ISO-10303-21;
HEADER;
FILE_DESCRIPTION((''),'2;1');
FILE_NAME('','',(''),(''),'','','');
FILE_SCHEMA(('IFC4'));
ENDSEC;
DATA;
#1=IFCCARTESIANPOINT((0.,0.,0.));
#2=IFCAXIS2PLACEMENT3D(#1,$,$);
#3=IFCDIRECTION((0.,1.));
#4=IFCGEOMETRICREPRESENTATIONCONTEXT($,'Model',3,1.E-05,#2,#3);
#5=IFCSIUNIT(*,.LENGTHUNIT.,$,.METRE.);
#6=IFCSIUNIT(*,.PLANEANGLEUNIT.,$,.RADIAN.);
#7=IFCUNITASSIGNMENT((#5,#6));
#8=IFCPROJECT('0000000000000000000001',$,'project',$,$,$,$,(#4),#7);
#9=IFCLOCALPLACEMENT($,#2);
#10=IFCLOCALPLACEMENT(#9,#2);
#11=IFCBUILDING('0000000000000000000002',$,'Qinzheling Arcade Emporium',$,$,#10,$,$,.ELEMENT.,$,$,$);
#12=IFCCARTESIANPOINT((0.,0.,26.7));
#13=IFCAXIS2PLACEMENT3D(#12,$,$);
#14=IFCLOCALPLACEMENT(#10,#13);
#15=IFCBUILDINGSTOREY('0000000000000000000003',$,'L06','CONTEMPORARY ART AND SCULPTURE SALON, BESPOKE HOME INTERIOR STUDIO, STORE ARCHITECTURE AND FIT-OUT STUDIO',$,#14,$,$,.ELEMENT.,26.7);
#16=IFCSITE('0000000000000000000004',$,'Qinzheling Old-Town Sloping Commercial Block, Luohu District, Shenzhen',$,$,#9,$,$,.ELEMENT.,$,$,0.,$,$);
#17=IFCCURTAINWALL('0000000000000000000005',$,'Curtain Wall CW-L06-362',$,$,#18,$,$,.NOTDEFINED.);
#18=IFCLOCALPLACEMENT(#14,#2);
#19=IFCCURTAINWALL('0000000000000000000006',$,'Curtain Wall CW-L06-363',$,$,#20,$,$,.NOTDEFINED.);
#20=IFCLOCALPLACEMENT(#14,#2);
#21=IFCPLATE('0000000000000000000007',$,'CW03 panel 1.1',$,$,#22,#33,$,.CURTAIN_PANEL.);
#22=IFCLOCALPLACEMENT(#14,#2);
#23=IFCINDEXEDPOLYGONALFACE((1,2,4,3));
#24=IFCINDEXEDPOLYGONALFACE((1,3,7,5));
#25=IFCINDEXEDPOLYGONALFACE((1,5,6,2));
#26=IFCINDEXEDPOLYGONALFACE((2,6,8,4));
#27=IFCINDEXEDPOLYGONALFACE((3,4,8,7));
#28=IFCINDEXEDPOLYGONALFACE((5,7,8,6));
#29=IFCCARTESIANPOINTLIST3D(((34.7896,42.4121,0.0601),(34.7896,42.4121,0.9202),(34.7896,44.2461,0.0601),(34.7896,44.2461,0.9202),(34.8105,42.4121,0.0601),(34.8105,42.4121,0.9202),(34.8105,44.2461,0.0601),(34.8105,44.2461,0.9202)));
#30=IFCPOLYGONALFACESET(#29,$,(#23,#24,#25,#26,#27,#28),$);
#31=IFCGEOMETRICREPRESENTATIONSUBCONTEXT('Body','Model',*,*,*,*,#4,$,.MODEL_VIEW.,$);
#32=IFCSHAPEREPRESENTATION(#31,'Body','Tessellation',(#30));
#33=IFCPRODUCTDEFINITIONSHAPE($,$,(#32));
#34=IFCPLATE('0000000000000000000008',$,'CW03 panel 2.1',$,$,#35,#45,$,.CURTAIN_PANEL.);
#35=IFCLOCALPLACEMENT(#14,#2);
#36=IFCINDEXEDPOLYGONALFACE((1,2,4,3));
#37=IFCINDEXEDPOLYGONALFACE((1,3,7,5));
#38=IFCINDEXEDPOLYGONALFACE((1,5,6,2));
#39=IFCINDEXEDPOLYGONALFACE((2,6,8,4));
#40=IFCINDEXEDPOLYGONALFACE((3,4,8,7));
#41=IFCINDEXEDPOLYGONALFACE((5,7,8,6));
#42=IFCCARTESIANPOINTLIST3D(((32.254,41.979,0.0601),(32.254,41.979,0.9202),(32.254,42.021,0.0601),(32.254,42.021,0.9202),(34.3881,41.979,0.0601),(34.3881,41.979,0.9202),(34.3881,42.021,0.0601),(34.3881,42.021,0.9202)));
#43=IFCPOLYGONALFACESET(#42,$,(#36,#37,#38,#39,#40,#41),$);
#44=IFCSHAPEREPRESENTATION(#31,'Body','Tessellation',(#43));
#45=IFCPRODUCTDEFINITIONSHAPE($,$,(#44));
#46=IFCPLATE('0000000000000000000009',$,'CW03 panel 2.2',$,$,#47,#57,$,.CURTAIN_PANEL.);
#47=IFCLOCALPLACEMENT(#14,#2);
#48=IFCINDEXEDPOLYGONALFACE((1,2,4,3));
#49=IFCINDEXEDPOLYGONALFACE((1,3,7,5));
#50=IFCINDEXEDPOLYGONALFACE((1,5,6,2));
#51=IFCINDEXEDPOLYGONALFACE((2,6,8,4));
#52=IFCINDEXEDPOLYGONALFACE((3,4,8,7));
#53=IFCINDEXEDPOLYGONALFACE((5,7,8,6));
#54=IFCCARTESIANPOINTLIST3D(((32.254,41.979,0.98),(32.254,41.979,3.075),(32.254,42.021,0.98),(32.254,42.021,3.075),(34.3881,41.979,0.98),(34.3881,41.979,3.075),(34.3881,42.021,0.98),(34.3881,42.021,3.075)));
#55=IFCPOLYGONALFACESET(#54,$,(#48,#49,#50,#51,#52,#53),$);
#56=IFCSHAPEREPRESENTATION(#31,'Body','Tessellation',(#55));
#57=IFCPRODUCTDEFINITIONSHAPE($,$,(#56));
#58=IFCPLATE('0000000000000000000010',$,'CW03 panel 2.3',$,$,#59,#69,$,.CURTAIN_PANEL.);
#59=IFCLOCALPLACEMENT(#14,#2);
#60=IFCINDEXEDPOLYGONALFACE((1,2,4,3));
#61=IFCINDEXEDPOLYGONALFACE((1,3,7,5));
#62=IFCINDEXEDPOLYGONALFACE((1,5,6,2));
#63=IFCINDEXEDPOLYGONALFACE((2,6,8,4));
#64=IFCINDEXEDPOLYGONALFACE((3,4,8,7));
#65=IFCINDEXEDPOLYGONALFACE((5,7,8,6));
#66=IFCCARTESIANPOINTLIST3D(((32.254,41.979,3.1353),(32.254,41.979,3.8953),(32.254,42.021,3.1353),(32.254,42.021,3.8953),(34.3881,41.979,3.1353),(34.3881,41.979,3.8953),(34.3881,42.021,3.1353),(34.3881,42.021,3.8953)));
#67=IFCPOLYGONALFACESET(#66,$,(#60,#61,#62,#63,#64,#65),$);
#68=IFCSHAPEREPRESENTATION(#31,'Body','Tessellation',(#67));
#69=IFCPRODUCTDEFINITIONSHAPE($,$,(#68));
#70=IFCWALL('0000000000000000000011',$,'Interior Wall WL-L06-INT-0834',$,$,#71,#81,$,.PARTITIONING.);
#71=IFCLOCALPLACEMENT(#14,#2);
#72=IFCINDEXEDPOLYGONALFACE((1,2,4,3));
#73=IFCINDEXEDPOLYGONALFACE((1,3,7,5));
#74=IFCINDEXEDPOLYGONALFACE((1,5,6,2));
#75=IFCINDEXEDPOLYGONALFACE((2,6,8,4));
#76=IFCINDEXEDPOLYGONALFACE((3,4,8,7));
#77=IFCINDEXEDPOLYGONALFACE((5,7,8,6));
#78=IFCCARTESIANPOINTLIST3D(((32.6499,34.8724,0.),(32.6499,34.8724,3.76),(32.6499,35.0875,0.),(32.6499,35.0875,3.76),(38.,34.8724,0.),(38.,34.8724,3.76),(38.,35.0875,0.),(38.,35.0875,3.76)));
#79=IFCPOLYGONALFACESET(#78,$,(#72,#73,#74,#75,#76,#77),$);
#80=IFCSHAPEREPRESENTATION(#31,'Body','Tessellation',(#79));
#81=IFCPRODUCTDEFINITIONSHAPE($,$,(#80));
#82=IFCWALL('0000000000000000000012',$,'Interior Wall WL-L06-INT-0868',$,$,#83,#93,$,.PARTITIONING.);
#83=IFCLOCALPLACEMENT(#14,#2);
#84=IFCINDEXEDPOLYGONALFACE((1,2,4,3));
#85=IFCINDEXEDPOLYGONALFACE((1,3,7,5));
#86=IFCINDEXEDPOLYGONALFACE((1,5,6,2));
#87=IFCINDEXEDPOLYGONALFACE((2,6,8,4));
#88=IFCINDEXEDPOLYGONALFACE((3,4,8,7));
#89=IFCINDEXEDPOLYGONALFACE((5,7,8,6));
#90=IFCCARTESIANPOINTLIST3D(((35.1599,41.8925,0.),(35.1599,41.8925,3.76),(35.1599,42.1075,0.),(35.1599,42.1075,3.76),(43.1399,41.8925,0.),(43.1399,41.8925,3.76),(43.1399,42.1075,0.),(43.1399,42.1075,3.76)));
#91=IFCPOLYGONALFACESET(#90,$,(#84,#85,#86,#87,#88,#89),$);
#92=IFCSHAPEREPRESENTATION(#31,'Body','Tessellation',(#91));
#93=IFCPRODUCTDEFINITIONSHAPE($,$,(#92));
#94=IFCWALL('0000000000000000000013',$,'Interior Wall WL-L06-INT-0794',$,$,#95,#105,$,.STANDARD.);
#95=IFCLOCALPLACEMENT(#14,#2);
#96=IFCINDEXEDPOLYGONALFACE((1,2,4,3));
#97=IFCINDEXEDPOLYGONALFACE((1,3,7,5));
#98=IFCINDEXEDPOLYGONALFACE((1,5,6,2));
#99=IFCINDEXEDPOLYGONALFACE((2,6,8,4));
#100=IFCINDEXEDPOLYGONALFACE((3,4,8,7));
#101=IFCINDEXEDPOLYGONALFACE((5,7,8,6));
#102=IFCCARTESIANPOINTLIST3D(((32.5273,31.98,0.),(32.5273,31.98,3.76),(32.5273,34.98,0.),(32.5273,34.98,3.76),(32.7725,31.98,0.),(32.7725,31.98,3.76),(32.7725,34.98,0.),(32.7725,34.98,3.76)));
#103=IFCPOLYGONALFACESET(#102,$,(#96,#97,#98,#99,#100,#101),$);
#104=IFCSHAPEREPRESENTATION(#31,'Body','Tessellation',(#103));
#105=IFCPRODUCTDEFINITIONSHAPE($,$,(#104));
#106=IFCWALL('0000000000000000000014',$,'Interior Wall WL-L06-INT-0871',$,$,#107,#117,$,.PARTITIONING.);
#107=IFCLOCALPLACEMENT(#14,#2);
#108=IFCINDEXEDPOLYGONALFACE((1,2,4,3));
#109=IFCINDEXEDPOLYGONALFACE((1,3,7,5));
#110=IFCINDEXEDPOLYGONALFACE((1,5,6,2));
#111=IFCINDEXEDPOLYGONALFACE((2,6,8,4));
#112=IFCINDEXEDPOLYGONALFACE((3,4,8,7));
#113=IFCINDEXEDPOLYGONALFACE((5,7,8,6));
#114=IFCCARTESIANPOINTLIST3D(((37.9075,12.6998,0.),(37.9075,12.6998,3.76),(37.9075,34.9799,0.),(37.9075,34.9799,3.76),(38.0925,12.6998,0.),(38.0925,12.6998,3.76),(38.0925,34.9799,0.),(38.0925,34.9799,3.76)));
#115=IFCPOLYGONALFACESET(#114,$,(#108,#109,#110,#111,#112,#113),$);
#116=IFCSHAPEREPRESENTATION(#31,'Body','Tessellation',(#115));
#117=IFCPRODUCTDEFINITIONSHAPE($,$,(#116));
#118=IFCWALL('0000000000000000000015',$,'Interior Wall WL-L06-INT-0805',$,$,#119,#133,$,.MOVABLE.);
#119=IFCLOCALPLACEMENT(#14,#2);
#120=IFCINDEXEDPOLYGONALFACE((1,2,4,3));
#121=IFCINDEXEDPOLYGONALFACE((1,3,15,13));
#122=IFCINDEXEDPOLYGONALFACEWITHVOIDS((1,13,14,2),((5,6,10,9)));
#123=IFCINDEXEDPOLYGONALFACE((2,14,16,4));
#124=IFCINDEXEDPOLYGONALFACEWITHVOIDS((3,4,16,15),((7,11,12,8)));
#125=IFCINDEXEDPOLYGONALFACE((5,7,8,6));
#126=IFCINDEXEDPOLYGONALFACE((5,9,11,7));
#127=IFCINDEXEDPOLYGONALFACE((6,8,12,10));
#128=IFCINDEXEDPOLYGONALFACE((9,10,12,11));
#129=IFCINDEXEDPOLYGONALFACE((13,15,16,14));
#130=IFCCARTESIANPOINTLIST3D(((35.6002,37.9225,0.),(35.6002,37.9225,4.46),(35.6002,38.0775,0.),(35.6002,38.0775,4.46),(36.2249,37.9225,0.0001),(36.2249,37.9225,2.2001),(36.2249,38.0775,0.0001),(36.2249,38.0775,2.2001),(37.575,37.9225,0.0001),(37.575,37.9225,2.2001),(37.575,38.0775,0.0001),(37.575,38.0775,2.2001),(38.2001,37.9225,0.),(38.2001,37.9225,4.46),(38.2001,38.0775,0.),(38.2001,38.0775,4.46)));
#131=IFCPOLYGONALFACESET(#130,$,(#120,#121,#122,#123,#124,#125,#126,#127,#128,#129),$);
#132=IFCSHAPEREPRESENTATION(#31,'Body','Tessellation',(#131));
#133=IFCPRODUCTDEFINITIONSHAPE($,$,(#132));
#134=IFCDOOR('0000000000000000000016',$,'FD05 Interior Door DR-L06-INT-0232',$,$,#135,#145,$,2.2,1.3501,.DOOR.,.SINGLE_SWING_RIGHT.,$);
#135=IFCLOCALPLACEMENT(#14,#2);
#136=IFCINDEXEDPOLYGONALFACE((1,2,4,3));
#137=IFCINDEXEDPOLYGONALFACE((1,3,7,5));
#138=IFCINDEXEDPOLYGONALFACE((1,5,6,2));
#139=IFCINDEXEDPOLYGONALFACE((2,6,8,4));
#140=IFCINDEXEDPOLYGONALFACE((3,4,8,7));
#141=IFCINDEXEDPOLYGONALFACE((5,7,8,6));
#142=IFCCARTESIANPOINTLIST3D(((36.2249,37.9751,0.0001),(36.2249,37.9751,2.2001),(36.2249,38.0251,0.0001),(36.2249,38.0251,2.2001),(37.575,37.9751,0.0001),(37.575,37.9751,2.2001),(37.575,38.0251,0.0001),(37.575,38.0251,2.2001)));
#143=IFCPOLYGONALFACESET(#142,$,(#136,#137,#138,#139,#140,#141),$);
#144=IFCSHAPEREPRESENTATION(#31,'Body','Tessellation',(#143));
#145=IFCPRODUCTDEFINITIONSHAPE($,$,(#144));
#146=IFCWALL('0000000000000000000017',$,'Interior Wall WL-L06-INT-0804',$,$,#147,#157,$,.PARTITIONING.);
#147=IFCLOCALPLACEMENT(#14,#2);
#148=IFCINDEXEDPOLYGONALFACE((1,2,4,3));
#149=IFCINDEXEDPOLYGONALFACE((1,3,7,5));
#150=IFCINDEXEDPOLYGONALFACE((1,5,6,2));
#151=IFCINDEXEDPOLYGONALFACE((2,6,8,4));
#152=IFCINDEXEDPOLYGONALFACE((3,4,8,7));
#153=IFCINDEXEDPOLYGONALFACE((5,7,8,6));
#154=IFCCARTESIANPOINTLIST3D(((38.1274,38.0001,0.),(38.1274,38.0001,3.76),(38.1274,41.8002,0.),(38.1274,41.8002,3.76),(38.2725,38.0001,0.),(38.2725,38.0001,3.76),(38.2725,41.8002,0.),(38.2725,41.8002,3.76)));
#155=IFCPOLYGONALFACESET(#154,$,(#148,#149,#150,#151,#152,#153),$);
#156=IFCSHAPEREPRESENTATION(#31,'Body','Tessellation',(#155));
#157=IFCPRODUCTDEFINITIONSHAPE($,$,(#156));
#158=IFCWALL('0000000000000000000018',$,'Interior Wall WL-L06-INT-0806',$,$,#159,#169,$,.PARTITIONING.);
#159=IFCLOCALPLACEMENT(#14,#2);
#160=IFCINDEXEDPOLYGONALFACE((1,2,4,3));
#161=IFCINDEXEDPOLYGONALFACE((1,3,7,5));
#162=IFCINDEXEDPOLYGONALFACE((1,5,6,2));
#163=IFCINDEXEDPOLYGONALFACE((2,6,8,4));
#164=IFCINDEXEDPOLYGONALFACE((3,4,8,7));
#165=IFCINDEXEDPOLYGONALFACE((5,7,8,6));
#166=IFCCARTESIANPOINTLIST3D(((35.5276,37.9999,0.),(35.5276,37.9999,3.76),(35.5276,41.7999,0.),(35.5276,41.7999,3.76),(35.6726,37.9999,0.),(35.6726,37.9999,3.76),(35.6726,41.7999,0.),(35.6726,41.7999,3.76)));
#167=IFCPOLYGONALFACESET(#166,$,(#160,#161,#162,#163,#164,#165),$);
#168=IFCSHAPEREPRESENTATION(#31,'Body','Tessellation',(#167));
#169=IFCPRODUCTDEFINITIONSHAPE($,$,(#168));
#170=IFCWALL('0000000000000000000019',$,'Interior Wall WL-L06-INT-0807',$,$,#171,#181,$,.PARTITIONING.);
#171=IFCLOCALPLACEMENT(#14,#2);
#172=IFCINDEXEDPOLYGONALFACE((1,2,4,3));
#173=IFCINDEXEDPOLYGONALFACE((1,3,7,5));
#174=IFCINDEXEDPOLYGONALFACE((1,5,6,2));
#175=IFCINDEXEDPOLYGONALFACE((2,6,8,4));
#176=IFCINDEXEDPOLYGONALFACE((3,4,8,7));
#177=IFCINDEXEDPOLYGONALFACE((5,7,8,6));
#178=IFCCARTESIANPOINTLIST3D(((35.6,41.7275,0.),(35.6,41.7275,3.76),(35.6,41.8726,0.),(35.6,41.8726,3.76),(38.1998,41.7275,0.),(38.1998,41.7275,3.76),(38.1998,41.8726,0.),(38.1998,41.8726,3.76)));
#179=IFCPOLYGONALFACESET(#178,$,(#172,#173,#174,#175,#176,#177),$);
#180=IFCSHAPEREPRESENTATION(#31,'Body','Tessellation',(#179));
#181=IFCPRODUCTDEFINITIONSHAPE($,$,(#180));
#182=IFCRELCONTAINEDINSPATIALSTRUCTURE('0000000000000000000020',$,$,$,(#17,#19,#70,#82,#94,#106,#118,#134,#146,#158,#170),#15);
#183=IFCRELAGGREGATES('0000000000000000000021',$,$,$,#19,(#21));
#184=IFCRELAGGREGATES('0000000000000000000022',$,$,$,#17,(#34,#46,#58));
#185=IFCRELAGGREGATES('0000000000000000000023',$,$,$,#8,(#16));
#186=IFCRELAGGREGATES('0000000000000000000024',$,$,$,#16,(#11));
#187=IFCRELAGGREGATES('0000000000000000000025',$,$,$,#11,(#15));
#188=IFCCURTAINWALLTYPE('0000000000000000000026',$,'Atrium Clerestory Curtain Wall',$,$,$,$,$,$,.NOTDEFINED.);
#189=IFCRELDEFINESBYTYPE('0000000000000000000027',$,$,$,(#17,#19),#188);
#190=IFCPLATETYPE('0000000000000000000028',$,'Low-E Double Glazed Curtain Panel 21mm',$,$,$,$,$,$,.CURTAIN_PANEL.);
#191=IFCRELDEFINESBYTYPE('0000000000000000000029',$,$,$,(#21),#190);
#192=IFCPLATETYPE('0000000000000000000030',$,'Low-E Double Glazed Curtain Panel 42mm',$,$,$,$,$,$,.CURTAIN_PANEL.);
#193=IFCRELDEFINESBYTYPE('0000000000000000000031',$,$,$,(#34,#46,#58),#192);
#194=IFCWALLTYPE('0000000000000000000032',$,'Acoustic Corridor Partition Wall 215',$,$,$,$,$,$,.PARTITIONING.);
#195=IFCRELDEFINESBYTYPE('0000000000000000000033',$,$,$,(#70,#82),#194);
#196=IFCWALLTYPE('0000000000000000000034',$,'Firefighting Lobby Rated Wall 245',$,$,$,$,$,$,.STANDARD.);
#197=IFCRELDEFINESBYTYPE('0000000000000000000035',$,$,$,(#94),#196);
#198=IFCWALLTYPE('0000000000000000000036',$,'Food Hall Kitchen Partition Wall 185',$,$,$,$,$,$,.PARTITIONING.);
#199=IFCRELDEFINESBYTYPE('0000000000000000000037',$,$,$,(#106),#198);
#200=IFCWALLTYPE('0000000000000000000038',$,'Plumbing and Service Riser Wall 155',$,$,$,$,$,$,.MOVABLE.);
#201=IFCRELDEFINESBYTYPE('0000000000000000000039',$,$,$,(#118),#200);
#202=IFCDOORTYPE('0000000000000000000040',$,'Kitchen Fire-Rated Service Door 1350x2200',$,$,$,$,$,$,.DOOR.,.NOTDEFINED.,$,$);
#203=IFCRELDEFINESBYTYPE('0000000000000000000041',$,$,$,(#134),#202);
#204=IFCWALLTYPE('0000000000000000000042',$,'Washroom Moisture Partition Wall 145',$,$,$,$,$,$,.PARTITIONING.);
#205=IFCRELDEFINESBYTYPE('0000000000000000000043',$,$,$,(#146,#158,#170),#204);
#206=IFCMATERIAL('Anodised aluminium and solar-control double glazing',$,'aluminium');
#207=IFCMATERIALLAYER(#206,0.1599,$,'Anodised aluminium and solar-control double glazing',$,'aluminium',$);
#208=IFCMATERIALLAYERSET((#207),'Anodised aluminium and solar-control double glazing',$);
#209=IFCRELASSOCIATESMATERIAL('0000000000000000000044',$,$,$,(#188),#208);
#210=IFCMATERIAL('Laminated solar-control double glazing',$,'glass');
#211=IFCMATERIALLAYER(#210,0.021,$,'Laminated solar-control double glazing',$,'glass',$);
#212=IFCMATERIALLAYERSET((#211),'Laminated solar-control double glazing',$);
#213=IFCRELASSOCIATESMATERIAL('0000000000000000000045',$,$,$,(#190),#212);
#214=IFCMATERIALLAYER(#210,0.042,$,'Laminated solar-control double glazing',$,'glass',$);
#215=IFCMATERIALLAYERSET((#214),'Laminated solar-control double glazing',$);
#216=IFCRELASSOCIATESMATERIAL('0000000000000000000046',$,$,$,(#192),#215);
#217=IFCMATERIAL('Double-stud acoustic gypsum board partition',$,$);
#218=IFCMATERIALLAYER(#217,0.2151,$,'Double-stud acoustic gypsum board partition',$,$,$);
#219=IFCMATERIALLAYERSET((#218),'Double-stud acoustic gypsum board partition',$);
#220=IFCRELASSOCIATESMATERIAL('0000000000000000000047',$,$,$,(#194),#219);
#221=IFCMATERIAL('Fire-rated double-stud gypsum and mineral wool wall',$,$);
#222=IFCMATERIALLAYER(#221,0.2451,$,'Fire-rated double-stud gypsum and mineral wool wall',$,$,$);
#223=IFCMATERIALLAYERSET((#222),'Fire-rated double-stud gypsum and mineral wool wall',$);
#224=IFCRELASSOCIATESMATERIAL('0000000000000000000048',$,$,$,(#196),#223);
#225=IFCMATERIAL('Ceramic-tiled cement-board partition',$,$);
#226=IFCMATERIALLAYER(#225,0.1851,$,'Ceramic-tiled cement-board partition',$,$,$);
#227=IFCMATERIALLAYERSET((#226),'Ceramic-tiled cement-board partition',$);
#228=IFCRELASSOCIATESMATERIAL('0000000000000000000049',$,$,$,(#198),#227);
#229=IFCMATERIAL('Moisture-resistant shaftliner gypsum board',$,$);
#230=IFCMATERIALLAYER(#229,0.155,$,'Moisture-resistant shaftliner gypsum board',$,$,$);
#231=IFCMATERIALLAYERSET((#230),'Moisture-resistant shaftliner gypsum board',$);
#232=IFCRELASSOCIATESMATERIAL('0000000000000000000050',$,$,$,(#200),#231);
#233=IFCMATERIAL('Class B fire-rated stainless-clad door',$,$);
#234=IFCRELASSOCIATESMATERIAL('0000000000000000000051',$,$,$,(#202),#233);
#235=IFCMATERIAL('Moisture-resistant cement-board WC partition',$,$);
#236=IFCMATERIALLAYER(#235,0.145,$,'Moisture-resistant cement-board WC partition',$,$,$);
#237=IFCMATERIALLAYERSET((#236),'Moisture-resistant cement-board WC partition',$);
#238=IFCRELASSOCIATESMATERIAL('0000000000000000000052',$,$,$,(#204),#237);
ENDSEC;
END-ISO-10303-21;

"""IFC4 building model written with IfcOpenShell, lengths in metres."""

from ifc_helpers import new_model, si_unit, direction, frame, frame_2d, origin, origin_2d, place, context, subcontext, project, spatial, rectangle, extrude, material, layer, layer_set, type_object, element, fill, aggregate, save


model = new_model("IFC4")

# Units and contexts
model_context = context("Model", 3, precision=1e-05, world=origin(), true_north=direction((0.0, 1.0)))
body_context = subcontext(model_context, "Body", "Model", "MODEL_VIEW")
ifc_project = project(units=[si_unit("LENGTHUNIT", "METRE"), si_unit("PLANEANGLEUNIT", "RADIAN")], contexts=[model_context])

# Site, building, storey
site_placement = place(None, origin())
site = spatial("IfcSite", under=ifc_project, at=site_placement, Name="Qinzheling Old-Town Sloping Commercial Block, Luohu District, Shenzhen", CompositionType="ELEMENT", RefElevation=0.0)
building_placement = place(site_placement, origin())
building = spatial("IfcBuilding", under=site, at=building_placement, Name="Qinzheling Arcade Emporium", CompositionType="ELEMENT")
storey_placement = place(building_placement, frame((0.0, 0.0, 26.7)))
storey = spatial("IfcBuildingStorey", under=building, at=storey_placement, Name="L06", Description="CONTEMPORARY ART AND SCULPTURE SALON, BESPOKE HOME INTERIOR STUDIO, STORE ARCHITECTURE AND FIT-OUT STUDIO", CompositionType="ELEMENT", Elevation=26.7)

# Curtain walls
ifc_material_1 = material(Name="Anodised aluminium and solar-control double glazing", Category="aluminium")
ifc_layer_1 = layer(ifc_material_1, 0.1599, Name="Anodised aluminium and solar-control double glazing", Category="aluminium")
ifc_layer_set_1 = layer_set([ifc_layer_1], Name="Anodised aluminium and solar-control double glazing")
curtain_wall_type = type_object("IfcCurtainWallType", Name="Atrium Clerestory Curtain Wall", PredefinedType="NOTDEFINED", material=ifc_layer_set_1)
curtain_wall_1_placement = place(storey_placement, origin())
curtain_wall_1 = element("IfcCurtainWall", 1, at=curtain_wall_1_placement, inside=storey, type_object=curtain_wall_type, Name="Curtain Wall CW-L06-362", PredefinedType="NOTDEFINED")
curtain_wall_2_placement = place(storey_placement, origin())
curtain_wall_2 = element("IfcCurtainWall", 2, at=curtain_wall_2_placement, inside=storey, type_object=curtain_wall_type, Name="Curtain Wall CW-L06-363", PredefinedType="NOTDEFINED")

# Plates
ifc_material_2 = material(Name="Laminated solar-control double glazing", Category="glass")
ifc_layer_2 = layer(ifc_material_2, 0.021, Name="Laminated solar-control double glazing", Category="glass")
ifc_layer_set_2 = layer_set([ifc_layer_2], Name="Laminated solar-control double glazing")
plate_type_1 = type_object("IfcPlateType", Name="Low-E Double Glazed Curtain Panel 21mm", PredefinedType="CURTAIN_PANEL", material=ifc_layer_set_2)
plate_1_placement = place(storey_placement, frame((34.8, 43.3291, 0.0601), z_axis=(0.0, 0.0, 1.0), x_axis=(0.0, 1.0, 0.0)))
plate_1 = element("IfcPlate", 3, at=plate_1_placement, type_object=plate_type_1, Name="CW03 panel 1.1", PredefinedType="CURTAIN_PANEL", context=body_context, shape_type="SweptSolid", body=[
    extrude(rectangle(XDim=1.834, YDim=0.021, at=origin_2d()), origin(), (0.0, 0.0, 1.0), 0.8601),
])
aggregate(curtain_wall_2, [plate_1])
ifc_layer_3 = layer(ifc_material_2, 0.042, Name="Laminated solar-control double glazing", Category="glass")
ifc_layer_set_3 = layer_set([ifc_layer_3], Name="Laminated solar-control double glazing")
plate_type_2 = type_object("IfcPlateType", Name="Low-E Double Glazed Curtain Panel 42mm", PredefinedType="CURTAIN_PANEL", material=ifc_layer_set_3)
plate_2_placement = place(storey_placement, frame((33.321, 42.0, 0.0601), z_axis=(0.0, 0.0, 1.0), x_axis=(1.0, 0.0, 0.0)))
plate_2 = element("IfcPlate", 4, at=plate_2_placement, type_object=plate_type_2, Name="CW03 panel 2.1", PredefinedType="CURTAIN_PANEL", context=body_context, shape_type="SweptSolid", body=[
    extrude(rectangle(XDim=2.134, YDim=0.042, at=origin_2d()), origin(), (0.0, 0.0, 1.0), 0.8601),
])
plate_3_placement = place(storey_placement, frame((33.321, 42.0, 0.98), z_axis=(0.0, 0.0, 1.0), x_axis=(1.0, 0.0, 0.0)))
plate_3 = element("IfcPlate", 5, at=plate_3_placement, type_object=plate_type_2, Name="CW03 panel 2.2", PredefinedType="CURTAIN_PANEL", context=body_context, shape_type="SweptSolid", body=[
    extrude(rectangle(XDim=2.134, YDim=0.042, at=origin_2d()), origin(), (0.0, 0.0, 1.0), 2.095),
])
plate_4_placement = place(storey_placement, frame((33.321, 42.0, 3.1353), z_axis=(0.0, 0.0, 1.0), x_axis=(1.0, 0.0, 0.0)))
plate_4 = element("IfcPlate", 6, at=plate_4_placement, type_object=plate_type_2, Name="CW03 panel 2.3", PredefinedType="CURTAIN_PANEL", context=body_context, shape_type="SweptSolid", body=[
    extrude(rectangle(XDim=2.134, YDim=0.042, at=origin_2d()), origin(), (0.0, 0.0, 1.0), 0.76),
])
aggregate(curtain_wall_1, [plate_2, plate_3, plate_4])

# Walls
ifc_material_3 = material(Name="Double-stud acoustic gypsum board partition")
ifc_layer_4 = layer(ifc_material_3, 0.2151, Name="Double-stud acoustic gypsum board partition")
ifc_layer_set_4 = layer_set([ifc_layer_4], Name="Double-stud acoustic gypsum board partition")
wall_type_1 = type_object("IfcWallType", Name="Acoustic Corridor Partition Wall 215", PredefinedType="PARTITIONING", material=ifc_layer_set_4)
wall_1_placement = place(storey_placement, frame((38.0, 34.98, 0.0), z_axis=(0.0, 0.0, 1.0), x_axis=(-1.0, 0.0, 0.0)))
element("IfcWall", 7, at=wall_1_placement, inside=storey, type_object=wall_type_1, Name="Interior Wall WL-L06-INT-0834", PredefinedType="PARTITIONING", context=body_context, shape_type="SweptSolid", body=[
    extrude(rectangle(XDim=5.3501, YDim=0.2151, at=frame_2d((2.675, 0.0))), origin(), (0.0, 0.0, 1.0), 3.76),
])
wall_2_placement = place(storey_placement, frame((35.1599, 42.0, 0.0), z_axis=(0.0, 0.0, 1.0), x_axis=(1.0, 0.0, 0.0)))
element("IfcWall", 8, at=wall_2_placement, inside=storey, type_object=wall_type_1, Name="Interior Wall WL-L06-INT-0868", PredefinedType="PARTITIONING", context=body_context, shape_type="SweptSolid", body=[
    extrude(rectangle(XDim=7.98, YDim=0.2151, at=frame_2d((3.99, 0.0))), origin(), (0.0, 0.0, 1.0), 3.76),
])
ifc_material_4 = material(Name="Fire-rated double-stud gypsum and mineral wool wall")
ifc_layer_5 = layer(ifc_material_4, 0.2451, Name="Fire-rated double-stud gypsum and mineral wool wall")
ifc_layer_set_5 = layer_set([ifc_layer_5], Name="Fire-rated double-stud gypsum and mineral wool wall")
wall_type_2 = type_object("IfcWallType", Name="Firefighting Lobby Rated Wall 245", PredefinedType="STANDARD", material=ifc_layer_set_5)
wall_3_placement = place(storey_placement, frame((32.6499, 34.98, 0.0), z_axis=(0.0, 0.0, 1.0), x_axis=(0.0, -1.0, 0.0)))
element("IfcWall", 9, at=wall_3_placement, inside=storey, type_object=wall_type_2, Name="Interior Wall WL-L06-INT-0794", PredefinedType="STANDARD", context=body_context, shape_type="SweptSolid", body=[
    extrude(rectangle(XDim=3.0, YDim=0.2451, at=frame_2d((1.5, 0.0))), origin(), (0.0, 0.0, 1.0), 3.76),
])
ifc_material_5 = material(Name="Ceramic-tiled cement-board partition")
ifc_layer_6 = layer(ifc_material_5, 0.1851, Name="Ceramic-tiled cement-board partition")
ifc_layer_set_6 = layer_set([ifc_layer_6], Name="Ceramic-tiled cement-board partition")
wall_type_3 = type_object("IfcWallType", Name="Food Hall Kitchen Partition Wall 185", PredefinedType="PARTITIONING", material=ifc_layer_set_6)
wall_4_placement = place(storey_placement, frame((38.0, 34.98, 0.0), z_axis=(0.0, 0.0, 1.0), x_axis=(0.0, -1.0, 0.0)))
element("IfcWall", 10, at=wall_4_placement, inside=storey, type_object=wall_type_3, Name="Interior Wall WL-L06-INT-0871", PredefinedType="PARTITIONING", context=body_context, shape_type="SweptSolid", body=[
    extrude(rectangle(XDim=22.28, YDim=0.1851, at=frame_2d((11.1401, 0.0))), origin(), (0.0, 0.0, 1.0), 3.76),
])

# Wall, opening, door
ifc_material_6 = material(Name="Moisture-resistant shaftliner gypsum board")
ifc_layer_7 = layer(ifc_material_6, 0.155, Name="Moisture-resistant shaftliner gypsum board")
ifc_layer_set_7 = layer_set([ifc_layer_7], Name="Moisture-resistant shaftliner gypsum board")
wall_type_4 = type_object("IfcWallType", Name="Plumbing and Service Riser Wall 155", PredefinedType="MOVABLE", material=ifc_layer_set_7)
wall_5_placement = place(storey_placement, frame((38.2, 38.0, 0.0), z_axis=(0.0, 0.0, 1.0), x_axis=(-1.0, 0.0, 0.0)))
wall_5 = element("IfcWall", 11, at=wall_5_placement, inside=storey, type_object=wall_type_4, Name="Interior Wall WL-L06-INT-0805", PredefinedType="MOVABLE", context=body_context, shape_type="SweptSolid", body=[
    extrude(rectangle(XDim=2.5999, YDim=0.155, at=frame_2d((1.2998, 0.0))), origin(), (0.0, 0.0, 1.0), 4.46),
])
opening_placement = place(wall_5_placement, frame((0.625, 0.0, 0.0)))
opening = element("IfcOpeningElement", 12, at=opening_placement, cuts=wall_5, PredefinedType="OPENING", context=body_context, shape_type="SweptSolid", body=[
    extrude(rectangle(XDim=1.3501, YDim=2.2, at=frame_2d((0.675, 1.1001))), frame((0.0, 0.0874, 0.0), z_axis=(0.0, -1.0, 0.0), x_axis=(1.0, 0.0, 0.0)), (0.0, 0.0, 1.0), 0.175),
])
ifc_material_7 = material(Name="Class B fire-rated stainless-clad door")
door_type = type_object("IfcDoorType", Name="Kitchen Fire-Rated Service Door 1350x2200", OperationType="NOTDEFINED", PredefinedType="DOOR", material=ifc_material_7)
door_placement = place(opening_placement, origin())
door = element("IfcDoor", 13, at=door_placement, inside=storey, type_object=door_type, Name="FD05 Interior Door DR-L06-INT-0232", OperationType="SINGLE_SWING_RIGHT", OverallHeight=2.2, OverallWidth=1.3501, PredefinedType="DOOR", context=body_context, shape_type="SweptSolid", body=[
    extrude(rectangle(XDim=1.3501, YDim=2.2, at=frame_2d((0.675, 1.1001))), frame((0.0, 0.0249, 0.0), z_axis=(0.0, -1.0, 0.0), x_axis=(1.0, 0.0, 0.0)), (0.0, 0.0, 1.0), 0.05),
])
fill(opening, door)

# Walls
ifc_material_8 = material(Name="Moisture-resistant cement-board WC partition")
ifc_layer_8 = layer(ifc_material_8, 0.145, Name="Moisture-resistant cement-board WC partition")
ifc_layer_set_8 = layer_set([ifc_layer_8], Name="Moisture-resistant cement-board WC partition")
wall_type_5 = type_object("IfcWallType", Name="Washroom Moisture Partition Wall 145", PredefinedType="PARTITIONING", material=ifc_layer_set_8)
for number, where, z_axis, x_axis, name in (
    (14, (38.2, 41.8, 0.0), (0.0, 0.0, 1.0), (0.0, -1.0, 0.0), "Interior Wall WL-L06-INT-0804"),
    (15, (35.6001, 38.0, 0.0), (0.0, 0.0, 1.0), (0.0, 1.0, 0.0), "Interior Wall WL-L06-INT-0806"),
):
    element("IfcWall", number, at=place(storey_placement, frame(where, z_axis=z_axis, x_axis=x_axis)), inside=storey, type_object=wall_type_5, Name=name, PredefinedType="PARTITIONING", context=body_context, shape_type="SweptSolid", body=[
        extrude(rectangle(XDim=3.8, YDim=0.145, at=frame_2d((1.8999, 0.0))), origin(), (0.0, 0.0, 1.0), 3.76),
    ])
wall_6_placement = place(storey_placement, frame((35.6001, 41.8, 0.0), z_axis=(0.0, 0.0, 1.0), x_axis=(1.0, 0.0, 0.0)))
element("IfcWall", 16, at=wall_6_placement, inside=storey, type_object=wall_type_5, Name="Interior Wall WL-L06-INT-0807", PredefinedType="PARTITIONING", context=body_context, shape_type="SweptSolid", body=[
    extrude(rectangle(XDim=2.5999, YDim=0.145, at=frame_2d((1.2998, 0.0))), origin(), (0.0, 0.0, 1.0), 3.76),
])

save(model, "model.ifc")
